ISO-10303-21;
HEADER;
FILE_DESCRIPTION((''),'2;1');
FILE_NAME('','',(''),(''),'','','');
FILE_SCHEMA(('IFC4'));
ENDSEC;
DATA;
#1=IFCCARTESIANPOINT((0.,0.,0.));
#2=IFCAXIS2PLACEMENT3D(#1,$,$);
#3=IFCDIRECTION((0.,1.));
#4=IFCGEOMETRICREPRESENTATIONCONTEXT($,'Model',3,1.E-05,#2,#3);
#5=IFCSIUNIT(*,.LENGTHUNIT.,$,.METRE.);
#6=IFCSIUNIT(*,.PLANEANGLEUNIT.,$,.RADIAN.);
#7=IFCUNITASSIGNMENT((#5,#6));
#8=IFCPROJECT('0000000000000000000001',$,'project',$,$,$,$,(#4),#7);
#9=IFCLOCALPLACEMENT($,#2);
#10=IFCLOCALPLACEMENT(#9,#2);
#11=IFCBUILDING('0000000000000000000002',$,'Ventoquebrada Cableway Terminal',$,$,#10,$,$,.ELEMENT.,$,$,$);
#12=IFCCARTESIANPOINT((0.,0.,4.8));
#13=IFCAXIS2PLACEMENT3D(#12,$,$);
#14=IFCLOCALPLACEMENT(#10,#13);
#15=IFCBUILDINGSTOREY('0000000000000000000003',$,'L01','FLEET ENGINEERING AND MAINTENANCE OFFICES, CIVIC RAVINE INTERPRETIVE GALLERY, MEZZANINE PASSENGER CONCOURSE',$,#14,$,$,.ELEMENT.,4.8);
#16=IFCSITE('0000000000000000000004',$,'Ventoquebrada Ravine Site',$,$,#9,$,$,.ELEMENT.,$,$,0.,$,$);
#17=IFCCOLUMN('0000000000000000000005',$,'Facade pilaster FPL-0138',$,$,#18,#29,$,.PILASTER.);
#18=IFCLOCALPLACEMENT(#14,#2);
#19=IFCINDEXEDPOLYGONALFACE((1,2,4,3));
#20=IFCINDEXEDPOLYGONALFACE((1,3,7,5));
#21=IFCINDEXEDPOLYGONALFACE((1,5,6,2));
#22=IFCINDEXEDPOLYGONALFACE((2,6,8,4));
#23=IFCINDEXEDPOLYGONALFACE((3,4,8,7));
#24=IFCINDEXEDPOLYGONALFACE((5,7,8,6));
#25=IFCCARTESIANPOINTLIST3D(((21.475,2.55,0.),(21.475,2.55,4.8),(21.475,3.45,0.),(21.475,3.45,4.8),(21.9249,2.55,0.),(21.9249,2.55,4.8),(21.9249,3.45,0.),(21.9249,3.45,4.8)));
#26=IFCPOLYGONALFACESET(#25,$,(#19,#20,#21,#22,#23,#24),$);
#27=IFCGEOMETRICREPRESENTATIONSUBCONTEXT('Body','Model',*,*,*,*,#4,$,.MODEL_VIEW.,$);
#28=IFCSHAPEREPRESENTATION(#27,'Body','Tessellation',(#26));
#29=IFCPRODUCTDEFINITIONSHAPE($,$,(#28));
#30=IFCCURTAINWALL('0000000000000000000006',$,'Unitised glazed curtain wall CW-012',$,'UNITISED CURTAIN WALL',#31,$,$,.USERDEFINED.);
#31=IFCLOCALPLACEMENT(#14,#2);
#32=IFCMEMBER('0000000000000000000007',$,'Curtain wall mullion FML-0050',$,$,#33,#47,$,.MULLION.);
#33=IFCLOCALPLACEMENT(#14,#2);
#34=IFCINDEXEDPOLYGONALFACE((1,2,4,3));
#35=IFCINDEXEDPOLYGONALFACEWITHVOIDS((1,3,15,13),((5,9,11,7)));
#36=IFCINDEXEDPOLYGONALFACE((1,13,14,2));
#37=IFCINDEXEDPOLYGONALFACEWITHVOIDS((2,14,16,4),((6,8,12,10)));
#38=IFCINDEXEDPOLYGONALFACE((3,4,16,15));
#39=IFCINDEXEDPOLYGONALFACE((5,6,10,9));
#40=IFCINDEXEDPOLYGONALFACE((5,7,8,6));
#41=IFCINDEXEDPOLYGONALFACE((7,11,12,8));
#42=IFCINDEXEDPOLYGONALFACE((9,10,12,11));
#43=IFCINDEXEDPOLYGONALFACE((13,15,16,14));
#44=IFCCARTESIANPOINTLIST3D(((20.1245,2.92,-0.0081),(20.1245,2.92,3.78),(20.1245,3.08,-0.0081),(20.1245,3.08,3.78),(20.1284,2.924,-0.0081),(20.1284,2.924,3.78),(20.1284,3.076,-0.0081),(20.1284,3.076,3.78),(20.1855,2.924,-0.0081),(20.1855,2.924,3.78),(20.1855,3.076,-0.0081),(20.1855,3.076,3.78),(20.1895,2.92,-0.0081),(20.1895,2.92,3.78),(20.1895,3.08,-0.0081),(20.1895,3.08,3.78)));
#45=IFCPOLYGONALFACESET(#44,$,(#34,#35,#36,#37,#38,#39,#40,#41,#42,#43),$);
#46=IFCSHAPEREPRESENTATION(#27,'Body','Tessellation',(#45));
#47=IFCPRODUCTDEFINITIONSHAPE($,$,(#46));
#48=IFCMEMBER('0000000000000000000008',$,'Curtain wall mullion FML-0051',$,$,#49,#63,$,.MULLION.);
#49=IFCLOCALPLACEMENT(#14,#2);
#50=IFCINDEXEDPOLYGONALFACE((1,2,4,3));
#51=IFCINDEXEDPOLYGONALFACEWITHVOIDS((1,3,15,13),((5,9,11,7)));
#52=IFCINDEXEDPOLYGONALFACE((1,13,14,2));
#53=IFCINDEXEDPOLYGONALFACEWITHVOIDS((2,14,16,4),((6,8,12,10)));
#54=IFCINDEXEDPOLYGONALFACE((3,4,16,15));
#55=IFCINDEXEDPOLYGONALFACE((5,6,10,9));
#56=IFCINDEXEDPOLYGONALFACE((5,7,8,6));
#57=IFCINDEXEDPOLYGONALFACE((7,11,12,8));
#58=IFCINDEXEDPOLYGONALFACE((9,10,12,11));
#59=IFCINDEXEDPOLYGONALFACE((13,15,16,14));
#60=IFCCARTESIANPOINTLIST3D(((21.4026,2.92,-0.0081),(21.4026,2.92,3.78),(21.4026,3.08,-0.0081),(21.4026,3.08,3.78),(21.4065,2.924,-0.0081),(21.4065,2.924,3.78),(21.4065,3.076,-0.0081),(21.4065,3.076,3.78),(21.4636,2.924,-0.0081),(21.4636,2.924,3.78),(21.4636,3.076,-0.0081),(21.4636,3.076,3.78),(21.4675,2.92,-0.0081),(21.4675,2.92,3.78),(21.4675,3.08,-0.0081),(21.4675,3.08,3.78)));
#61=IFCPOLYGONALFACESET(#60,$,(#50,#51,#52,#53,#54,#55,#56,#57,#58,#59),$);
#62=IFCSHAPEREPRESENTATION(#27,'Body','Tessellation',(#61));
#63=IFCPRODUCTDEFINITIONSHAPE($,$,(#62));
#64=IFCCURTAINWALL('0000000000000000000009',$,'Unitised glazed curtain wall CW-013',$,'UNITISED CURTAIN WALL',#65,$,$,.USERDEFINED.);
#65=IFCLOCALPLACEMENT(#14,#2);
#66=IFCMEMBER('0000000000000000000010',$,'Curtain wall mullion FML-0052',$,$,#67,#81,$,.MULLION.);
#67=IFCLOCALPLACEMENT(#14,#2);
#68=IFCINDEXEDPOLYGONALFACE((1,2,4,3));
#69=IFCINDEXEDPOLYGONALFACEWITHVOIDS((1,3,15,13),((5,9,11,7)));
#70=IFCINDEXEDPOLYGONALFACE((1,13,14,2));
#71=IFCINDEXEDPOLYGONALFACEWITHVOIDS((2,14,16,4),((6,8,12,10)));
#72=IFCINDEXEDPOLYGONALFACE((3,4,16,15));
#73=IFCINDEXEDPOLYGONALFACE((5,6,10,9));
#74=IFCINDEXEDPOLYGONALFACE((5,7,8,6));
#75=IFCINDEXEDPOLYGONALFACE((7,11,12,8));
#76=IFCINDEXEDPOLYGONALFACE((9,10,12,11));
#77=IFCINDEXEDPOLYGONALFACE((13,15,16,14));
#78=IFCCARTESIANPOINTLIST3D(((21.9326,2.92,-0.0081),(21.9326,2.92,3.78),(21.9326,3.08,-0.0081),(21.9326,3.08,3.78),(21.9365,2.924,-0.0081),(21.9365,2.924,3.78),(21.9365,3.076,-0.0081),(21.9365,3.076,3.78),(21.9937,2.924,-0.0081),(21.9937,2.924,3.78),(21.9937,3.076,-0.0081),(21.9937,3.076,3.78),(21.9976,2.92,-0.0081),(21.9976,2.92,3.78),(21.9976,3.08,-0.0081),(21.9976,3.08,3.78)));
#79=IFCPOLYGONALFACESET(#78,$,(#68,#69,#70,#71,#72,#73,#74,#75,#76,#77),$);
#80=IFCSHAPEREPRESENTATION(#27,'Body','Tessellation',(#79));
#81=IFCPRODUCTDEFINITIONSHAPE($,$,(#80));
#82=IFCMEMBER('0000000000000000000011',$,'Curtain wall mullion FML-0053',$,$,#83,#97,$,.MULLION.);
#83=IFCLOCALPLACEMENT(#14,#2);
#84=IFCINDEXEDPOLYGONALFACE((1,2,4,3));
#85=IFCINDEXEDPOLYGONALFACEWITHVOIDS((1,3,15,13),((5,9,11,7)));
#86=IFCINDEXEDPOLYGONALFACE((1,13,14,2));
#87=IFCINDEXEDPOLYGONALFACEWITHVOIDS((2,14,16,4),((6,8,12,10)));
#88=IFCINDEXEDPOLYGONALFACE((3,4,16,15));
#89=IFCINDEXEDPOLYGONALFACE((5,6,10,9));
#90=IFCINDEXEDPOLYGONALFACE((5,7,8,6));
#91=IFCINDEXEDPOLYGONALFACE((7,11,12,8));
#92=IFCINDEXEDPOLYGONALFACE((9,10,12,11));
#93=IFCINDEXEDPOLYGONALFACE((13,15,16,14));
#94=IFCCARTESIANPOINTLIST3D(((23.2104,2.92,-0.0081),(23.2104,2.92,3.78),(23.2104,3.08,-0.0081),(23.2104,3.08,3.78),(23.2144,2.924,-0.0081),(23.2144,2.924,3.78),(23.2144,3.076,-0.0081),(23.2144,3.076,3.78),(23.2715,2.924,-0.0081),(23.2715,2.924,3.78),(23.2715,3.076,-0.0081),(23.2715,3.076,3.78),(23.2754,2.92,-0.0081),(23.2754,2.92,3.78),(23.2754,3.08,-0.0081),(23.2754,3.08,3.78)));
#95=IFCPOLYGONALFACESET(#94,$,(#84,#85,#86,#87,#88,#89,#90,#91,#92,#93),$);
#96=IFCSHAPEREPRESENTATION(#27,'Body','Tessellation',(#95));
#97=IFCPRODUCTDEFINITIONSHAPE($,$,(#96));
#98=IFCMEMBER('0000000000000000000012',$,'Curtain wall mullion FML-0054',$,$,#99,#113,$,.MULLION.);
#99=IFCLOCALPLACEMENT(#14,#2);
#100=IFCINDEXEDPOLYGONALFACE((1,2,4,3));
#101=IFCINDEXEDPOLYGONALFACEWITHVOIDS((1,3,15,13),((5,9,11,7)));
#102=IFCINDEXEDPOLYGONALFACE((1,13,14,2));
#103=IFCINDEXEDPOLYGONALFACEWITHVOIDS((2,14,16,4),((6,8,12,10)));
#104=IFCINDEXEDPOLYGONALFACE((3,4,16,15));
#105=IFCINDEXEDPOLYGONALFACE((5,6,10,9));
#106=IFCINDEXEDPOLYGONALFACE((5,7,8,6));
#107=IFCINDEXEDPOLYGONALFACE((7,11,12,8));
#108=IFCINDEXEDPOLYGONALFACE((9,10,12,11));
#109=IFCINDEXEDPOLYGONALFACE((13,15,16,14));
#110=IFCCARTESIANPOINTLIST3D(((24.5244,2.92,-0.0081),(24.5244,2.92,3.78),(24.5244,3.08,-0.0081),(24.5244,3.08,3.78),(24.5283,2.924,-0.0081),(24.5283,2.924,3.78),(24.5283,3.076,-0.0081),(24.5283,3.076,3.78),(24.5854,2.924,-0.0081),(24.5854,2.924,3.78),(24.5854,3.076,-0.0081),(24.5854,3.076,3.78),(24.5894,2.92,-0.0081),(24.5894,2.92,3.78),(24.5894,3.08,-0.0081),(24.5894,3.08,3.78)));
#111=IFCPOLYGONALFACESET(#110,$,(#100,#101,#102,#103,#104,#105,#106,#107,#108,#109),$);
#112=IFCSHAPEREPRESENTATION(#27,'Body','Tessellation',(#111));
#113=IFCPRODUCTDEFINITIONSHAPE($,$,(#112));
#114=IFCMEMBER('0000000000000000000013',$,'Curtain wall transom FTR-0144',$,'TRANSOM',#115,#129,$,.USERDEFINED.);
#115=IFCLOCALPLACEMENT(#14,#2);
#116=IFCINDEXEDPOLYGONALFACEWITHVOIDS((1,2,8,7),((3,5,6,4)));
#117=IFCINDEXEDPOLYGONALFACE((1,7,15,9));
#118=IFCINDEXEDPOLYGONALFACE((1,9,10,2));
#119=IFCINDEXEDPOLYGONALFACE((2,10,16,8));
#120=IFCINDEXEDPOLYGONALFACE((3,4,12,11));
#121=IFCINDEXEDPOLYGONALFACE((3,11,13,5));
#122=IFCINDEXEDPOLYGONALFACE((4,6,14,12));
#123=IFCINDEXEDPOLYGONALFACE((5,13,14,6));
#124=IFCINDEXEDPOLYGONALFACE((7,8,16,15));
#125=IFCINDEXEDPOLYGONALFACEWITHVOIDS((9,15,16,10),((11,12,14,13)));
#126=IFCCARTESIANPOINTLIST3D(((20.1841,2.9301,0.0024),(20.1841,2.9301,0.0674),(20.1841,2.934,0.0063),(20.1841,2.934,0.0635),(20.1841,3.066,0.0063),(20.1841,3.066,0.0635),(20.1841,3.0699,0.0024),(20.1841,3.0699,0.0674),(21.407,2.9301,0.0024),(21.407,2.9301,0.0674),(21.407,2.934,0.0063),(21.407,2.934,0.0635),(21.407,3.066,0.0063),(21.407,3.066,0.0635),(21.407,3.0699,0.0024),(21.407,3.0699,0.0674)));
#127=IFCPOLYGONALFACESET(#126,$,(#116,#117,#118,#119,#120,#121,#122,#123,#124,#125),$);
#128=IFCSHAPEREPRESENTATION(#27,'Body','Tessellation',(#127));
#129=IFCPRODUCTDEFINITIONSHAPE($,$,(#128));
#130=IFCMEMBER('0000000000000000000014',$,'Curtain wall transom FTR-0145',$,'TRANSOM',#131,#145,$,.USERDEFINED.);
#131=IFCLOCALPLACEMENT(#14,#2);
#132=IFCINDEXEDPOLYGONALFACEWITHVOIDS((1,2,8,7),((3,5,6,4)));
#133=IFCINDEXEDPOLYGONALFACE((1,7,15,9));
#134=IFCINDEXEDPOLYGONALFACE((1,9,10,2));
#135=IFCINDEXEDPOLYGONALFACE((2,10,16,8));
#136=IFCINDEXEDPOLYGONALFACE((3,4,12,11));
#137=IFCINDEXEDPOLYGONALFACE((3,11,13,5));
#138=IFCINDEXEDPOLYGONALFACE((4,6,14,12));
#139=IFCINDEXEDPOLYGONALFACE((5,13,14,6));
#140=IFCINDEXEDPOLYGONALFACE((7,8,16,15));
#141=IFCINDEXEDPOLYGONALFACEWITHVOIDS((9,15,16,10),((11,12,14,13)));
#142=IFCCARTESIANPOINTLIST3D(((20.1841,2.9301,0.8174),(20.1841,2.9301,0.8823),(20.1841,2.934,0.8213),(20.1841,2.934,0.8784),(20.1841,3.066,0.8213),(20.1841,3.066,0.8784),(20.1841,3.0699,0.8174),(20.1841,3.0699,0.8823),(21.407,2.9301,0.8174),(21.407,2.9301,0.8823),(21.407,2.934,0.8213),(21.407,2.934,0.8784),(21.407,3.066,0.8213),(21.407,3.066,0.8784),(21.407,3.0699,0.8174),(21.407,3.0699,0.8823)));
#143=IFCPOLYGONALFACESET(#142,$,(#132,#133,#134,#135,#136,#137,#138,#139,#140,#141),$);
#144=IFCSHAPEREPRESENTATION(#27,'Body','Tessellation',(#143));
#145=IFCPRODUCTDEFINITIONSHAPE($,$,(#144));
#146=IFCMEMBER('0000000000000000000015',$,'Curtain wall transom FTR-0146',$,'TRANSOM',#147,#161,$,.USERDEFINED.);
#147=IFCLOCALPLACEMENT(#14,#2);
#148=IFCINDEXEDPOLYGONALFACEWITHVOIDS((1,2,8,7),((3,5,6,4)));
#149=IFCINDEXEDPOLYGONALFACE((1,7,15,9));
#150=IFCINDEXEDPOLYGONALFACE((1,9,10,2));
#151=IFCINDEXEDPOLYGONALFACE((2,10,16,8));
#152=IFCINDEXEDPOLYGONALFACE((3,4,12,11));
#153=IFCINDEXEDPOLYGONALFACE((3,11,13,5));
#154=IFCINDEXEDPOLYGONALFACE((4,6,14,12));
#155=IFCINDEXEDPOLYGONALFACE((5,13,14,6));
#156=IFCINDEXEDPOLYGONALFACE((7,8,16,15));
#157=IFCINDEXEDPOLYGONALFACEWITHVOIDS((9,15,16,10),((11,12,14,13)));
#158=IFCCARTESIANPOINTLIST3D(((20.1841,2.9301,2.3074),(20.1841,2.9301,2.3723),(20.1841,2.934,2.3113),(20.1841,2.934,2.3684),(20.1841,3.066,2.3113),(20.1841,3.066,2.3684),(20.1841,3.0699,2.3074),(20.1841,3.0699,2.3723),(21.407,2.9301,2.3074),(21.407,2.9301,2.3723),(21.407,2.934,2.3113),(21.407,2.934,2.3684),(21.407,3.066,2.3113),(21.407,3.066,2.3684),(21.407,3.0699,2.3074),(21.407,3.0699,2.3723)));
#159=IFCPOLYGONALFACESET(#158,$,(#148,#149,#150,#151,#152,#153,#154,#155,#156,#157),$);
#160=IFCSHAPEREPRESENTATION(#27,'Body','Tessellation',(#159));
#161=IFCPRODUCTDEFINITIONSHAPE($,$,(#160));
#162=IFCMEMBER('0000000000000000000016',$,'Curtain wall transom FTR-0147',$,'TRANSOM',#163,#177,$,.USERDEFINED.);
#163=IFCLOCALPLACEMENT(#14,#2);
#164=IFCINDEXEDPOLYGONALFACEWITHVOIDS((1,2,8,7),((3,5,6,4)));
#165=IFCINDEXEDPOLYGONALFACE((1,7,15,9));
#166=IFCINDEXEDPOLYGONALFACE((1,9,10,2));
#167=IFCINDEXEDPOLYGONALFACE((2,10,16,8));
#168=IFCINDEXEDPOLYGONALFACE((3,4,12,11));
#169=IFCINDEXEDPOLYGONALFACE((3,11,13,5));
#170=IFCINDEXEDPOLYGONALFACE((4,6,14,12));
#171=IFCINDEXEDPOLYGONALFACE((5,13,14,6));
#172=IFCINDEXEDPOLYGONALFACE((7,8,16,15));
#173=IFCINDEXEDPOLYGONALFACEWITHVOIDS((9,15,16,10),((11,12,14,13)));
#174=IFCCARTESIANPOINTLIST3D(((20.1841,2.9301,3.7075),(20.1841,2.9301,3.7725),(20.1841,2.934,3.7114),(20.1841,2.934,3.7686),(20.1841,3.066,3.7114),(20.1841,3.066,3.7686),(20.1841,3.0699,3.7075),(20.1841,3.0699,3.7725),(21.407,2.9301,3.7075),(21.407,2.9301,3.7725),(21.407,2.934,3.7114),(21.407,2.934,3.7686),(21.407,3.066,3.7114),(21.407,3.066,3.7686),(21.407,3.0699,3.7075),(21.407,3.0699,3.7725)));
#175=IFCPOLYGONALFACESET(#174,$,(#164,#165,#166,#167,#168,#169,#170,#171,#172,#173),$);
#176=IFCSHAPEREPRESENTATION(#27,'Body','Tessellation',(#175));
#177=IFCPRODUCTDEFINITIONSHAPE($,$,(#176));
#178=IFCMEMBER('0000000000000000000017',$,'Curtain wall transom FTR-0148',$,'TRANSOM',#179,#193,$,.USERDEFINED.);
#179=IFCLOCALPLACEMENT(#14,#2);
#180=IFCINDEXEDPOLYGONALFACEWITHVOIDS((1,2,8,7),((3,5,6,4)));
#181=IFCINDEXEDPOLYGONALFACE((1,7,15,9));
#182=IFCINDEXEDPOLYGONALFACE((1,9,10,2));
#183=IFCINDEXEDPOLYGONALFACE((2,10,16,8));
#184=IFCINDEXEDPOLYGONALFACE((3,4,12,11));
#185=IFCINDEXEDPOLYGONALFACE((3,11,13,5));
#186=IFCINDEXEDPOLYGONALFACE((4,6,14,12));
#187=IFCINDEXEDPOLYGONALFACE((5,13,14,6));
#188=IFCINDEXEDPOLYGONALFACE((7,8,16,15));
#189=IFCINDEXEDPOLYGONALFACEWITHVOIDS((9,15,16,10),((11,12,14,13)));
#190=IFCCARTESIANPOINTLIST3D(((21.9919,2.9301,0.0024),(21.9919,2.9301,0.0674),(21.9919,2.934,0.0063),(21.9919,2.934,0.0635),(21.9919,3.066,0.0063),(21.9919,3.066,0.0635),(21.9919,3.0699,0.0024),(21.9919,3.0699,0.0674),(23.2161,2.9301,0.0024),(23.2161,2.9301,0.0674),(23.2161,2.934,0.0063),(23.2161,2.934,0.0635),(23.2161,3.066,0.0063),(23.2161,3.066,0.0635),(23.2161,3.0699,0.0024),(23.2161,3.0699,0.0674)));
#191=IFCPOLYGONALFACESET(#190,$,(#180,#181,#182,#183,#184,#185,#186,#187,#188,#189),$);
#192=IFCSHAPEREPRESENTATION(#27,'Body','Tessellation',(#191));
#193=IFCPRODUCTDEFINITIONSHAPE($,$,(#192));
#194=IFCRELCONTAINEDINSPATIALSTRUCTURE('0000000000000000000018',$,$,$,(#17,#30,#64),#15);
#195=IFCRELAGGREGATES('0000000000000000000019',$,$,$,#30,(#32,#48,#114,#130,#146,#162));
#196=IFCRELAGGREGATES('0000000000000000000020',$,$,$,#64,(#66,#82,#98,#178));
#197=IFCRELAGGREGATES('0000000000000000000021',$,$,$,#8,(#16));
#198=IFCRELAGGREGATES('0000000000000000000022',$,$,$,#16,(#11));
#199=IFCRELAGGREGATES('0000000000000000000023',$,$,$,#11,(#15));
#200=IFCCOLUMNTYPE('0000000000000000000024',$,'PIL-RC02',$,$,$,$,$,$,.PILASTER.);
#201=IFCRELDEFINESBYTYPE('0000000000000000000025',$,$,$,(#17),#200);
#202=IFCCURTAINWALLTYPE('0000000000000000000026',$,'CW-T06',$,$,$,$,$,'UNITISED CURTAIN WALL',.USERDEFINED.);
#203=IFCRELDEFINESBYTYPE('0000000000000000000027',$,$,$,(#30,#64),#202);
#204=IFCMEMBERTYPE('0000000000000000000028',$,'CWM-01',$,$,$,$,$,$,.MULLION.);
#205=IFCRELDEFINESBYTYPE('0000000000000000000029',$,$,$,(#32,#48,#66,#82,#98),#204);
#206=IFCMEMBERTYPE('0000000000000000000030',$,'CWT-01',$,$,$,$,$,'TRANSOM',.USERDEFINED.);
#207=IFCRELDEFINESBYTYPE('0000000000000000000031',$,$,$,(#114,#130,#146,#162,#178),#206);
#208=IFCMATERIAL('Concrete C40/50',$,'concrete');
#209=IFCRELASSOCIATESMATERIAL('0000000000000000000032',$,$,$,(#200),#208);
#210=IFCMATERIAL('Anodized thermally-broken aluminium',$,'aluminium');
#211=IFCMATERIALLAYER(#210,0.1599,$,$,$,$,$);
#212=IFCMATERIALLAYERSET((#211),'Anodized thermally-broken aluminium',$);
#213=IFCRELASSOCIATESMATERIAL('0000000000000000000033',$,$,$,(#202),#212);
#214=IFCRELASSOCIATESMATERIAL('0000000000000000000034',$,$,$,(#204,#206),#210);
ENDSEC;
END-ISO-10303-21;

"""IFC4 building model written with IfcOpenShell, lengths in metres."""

from ifc_helpers import new_model, si_unit, direction, frame, origin, origin_2d, place, context, subcontext, project, spatial, rectangle, hollow_rectangle, extrude, material, layer, layer_set, material_profile, profile_set, type_object, element, aggregate, save


model = new_model("IFC4")

# Units and contexts
model_context = context("Model", 3, precision=1e-05, world=origin(), true_north=direction((0.0, 1.0)))
body_context = subcontext(model_context, "Body", "Model", "MODEL_VIEW")
ifc_project = project(units=[si_unit("LENGTHUNIT", "METRE"), si_unit("PLANEANGLEUNIT", "RADIAN")], contexts=[model_context])

# Site, building, storey
site_placement = place(None, origin())
site = spatial("IfcSite", under=ifc_project, at=site_placement, Name="Ventoquebrada Ravine Site", CompositionType="ELEMENT", RefElevation=0.0)
building_placement = place(site_placement, origin())
building = spatial("IfcBuilding", under=site, at=building_placement, Name="Ventoquebrada Cableway Terminal", CompositionType="ELEMENT")
storey_placement = place(building_placement, frame((0.0, 0.0, 4.8)))
storey = spatial("IfcBuildingStorey", under=building, at=storey_placement, Name="L01", Description="FLEET ENGINEERING AND MAINTENANCE OFFICES, CIVIC RAVINE INTERPRETIVE GALLERY, MEZZANINE PASSENGER CONCOURSE", CompositionType="ELEMENT", Elevation=4.8)

# Column
ifc_material_1 = material(Name="Concrete C40/50", Category="concrete")
ifc_material_profile_1 = material_profile(ifc_material_1, rectangle(XDim=0.45, YDim=0.8999, at=origin_2d()), Name="RC-PIL-450X900")
ifc_profile_set_1 = profile_set([ifc_material_profile_1], Name="Concrete C40/50")
column_type = type_object("IfcColumnType", Name="PIL-RC02", PredefinedType="PILASTER", material=ifc_profile_set_1)
column_placement = place(storey_placement, frame((21.7, 3.0, 0.0), z_axis=(0.0, 0.0, 1.0), x_axis=(1.0, 0.0, 0.0)))
element("IfcColumn", 1, at=column_placement, inside=storey, type_object=column_type, Name="Facade pilaster FPL-0138", PredefinedType="PILASTER", context=body_context, shape_type="SweptSolid", body=[
    extrude(rectangle(XDim=0.45, YDim=0.8999, at=origin_2d()), origin(), (0.0, 0.0, 1.0), 4.8),
])

# Curtain walls, members
ifc_material_2 = material(Name="Anodized thermally-broken aluminium", Category="aluminium")
ifc_layer_1 = layer(ifc_material_2, 0.1599)
ifc_layer_set_1 = layer_set([ifc_layer_1], Name="Anodized thermally-broken aluminium")
curtain_wall_type = type_object("IfcCurtainWallType", Name="CW-T06", ElementType="UNITISED CURTAIN WALL", PredefinedType="USERDEFINED", material=ifc_layer_set_1)
curtain_wall_1_placement = place(storey_placement, origin())
curtain_wall_1 = element("IfcCurtainWall", 2, at=curtain_wall_1_placement, inside=storey, type_object=curtain_wall_type, Name="Unitised glazed curtain wall CW-012", ObjectType="UNITISED CURTAIN WALL", PredefinedType="USERDEFINED")
ifc_material_profile_2 = material_profile(ifc_material_2, hollow_rectangle(XDim=0.0649, YDim=0.1599, WallThickness=0.0039, at=origin_2d()), Name="CW-MUL-65X160")
ifc_profile_set_2 = profile_set([ifc_material_profile_2], Name="Anodized thermally-broken aluminium")
member_type_1 = type_object("IfcMemberType", Name="CWM-01", PredefinedType="MULLION", material=ifc_profile_set_2)
member_1_placement = place(storey_placement, frame((20.157, 3.0, -0.0081), z_axis=(0.0, 0.0, 1.0), x_axis=(1.0, 0.0, 0.0)))
member_1 = element("IfcMember", 3, at=member_1_placement, type_object=member_type_1, Name="Curtain wall mullion FML-0050", PredefinedType="MULLION", context=body_context, shape_type="SweptSolid", body=[
    extrude(hollow_rectangle(XDim=0.0649, YDim=0.1599, WallThickness=0.0039, at=origin_2d()), origin(), (0.0, 0.0, 1.0), 3.7881),
])
member_2_placement = place(storey_placement, frame((21.4351, 3.0, -0.0081), z_axis=(0.0, 0.0, 1.0), x_axis=(1.0, 0.0, 0.0)))
member_2 = element("IfcMember", 4, at=member_2_placement, type_object=member_type_1, Name="Curtain wall mullion FML-0051", PredefinedType="MULLION", context=body_context, shape_type="SweptSolid", body=[
    extrude(hollow_rectangle(XDim=0.0649, YDim=0.1599, WallThickness=0.0039, at=origin_2d()), origin(), (0.0, 0.0, 1.0), 3.7881),
])
curtain_wall_2_placement = place(storey_placement, origin())
curtain_wall_2 = element("IfcCurtainWall", 5, at=curtain_wall_2_placement, inside=storey, type_object=curtain_wall_type, Name="Unitised glazed curtain wall CW-013", ObjectType="UNITISED CURTAIN WALL", PredefinedType="USERDEFINED")
member_3_placement = place(storey_placement, frame((21.9651, 3.0, -0.0081), z_axis=(0.0, 0.0, 1.0), x_axis=(1.0, 0.0, 0.0)))
member_3 = element("IfcMember", 6, at=member_3_placement, type_object=member_type_1, Name="Curtain wall mullion FML-0052", PredefinedType="MULLION", context=body_context, shape_type="SweptSolid", body=[
    extrude(hollow_rectangle(XDim=0.0649, YDim=0.1599, WallThickness=0.0039, at=origin_2d()), origin(), (0.0, 0.0, 1.0), 3.7881),
])
member_4_placement = place(storey_placement, frame((23.2429, 3.0, -0.0081), z_axis=(0.0, 0.0, 1.0), x_axis=(1.0, 0.0, 0.0)))
member_4 = element("IfcMember", 7, at=member_4_placement, type_object=member_type_1, Name="Curtain wall mullion FML-0053", PredefinedType="MULLION", context=body_context, shape_type="SweptSolid", body=[
    extrude(hollow_rectangle(XDim=0.0649, YDim=0.1599, WallThickness=0.0039, at=origin_2d()), origin(), (0.0, 0.0, 1.0), 3.7881),
])
member_5_placement = place(storey_placement, frame((24.5569, 3.0, -0.0081), z_axis=(0.0, 0.0, 1.0), x_axis=(1.0, 0.0, 0.0)))
member_5 = element("IfcMember", 8, at=member_5_placement, type_object=member_type_1, Name="Curtain wall mullion FML-0054", PredefinedType="MULLION", context=body_context, shape_type="SweptSolid", body=[
    extrude(hollow_rectangle(XDim=0.0649, YDim=0.1599, WallThickness=0.0039, at=origin_2d()), origin(), (0.0, 0.0, 1.0), 3.7881),
])

# Members
ifc_material_profile_3 = material_profile(ifc_material_2, hollow_rectangle(XDim=0.0649, YDim=0.1399, WallThickness=0.0039, at=origin_2d()), Name="CW-TRN-65X140")
ifc_profile_set_3 = profile_set([ifc_material_profile_3], Name="Anodized thermally-broken aluminium")
member_type_2 = type_object("IfcMemberType", Name="CWT-01", ElementType="TRANSOM", PredefinedType="USERDEFINED", material=ifc_profile_set_3)
member_6_placement = place(storey_placement, frame((20.1841, 3.0, 0.0349), z_axis=(1.0, 0.0, 0.0), x_axis=(0.0, 0.0, 1.0)))
member_6 = element("IfcMember", 9, at=member_6_placement, type_object=member_type_2, Name="Curtain wall transom FTR-0144", ObjectType="TRANSOM", PredefinedType="USERDEFINED", context=body_context, shape_type="SweptSolid", body=[
    extrude(hollow_rectangle(XDim=0.0649, YDim=0.1399, WallThickness=0.0039, at=origin_2d()), origin(), (0.0, 0.0, 1.0), 1.2229),
])
member_7_placement = place(storey_placement, frame((20.1841, 3.0, 0.8499), z_axis=(1.0, 0.0, 0.0), x_axis=(0.0, 0.0, 1.0)))
member_7 = element("IfcMember", 10, at=member_7_placement, type_object=member_type_2, Name="Curtain wall transom FTR-0145", ObjectType="TRANSOM", PredefinedType="USERDEFINED", context=body_context, shape_type="SweptSolid", body=[
    extrude(hollow_rectangle(XDim=0.0649, YDim=0.1399, WallThickness=0.0039, at=origin_2d()), origin(), (0.0, 0.0, 1.0), 1.2229),
])
member_8_placement = place(storey_placement, frame((20.1841, 3.0, 2.3398), z_axis=(1.0, 0.0, 0.0), x_axis=(0.0, 0.0, 1.0)))
member_8 = element("IfcMember", 11, at=member_8_placement, type_object=member_type_2, Name="Curtain wall transom FTR-0146", ObjectType="TRANSOM", PredefinedType="USERDEFINED", context=body_context, shape_type="SweptSolid", body=[
    extrude(hollow_rectangle(XDim=0.0649, YDim=0.1399, WallThickness=0.0039, at=origin_2d()), origin(), (0.0, 0.0, 1.0), 1.2229),
])
member_9_placement = place(storey_placement, frame((20.1841, 3.0, 3.74), z_axis=(1.0, 0.0, 0.0), x_axis=(0.0, 0.0, 1.0)))
member_9 = element("IfcMember", 12, at=member_9_placement, type_object=member_type_2, Name="Curtain wall transom FTR-0147", ObjectType="TRANSOM", PredefinedType="USERDEFINED", context=body_context, shape_type="SweptSolid", body=[
    extrude(hollow_rectangle(XDim=0.0649, YDim=0.1399, WallThickness=0.0039, at=origin_2d()), origin(), (0.0, 0.0, 1.0), 1.2229),
])
member_10_placement = place(storey_placement, frame((21.9919, 3.0, 0.0349), z_axis=(1.0, 0.0, 0.0), x_axis=(0.0, 0.0, 1.0)))
member_10 = element("IfcMember", 13, at=member_10_placement, type_object=member_type_2, Name="Curtain wall transom FTR-0148", ObjectType="TRANSOM", PredefinedType="USERDEFINED", context=body_context, shape_type="SweptSolid", body=[
    extrude(hollow_rectangle(XDim=0.0649, YDim=0.1399, WallThickness=0.0039, at=origin_2d()), origin(), (0.0, 0.0, 1.0), 1.2241),
])

aggregate(curtain_wall_1, [member_1, member_2, member_6, member_7, member_8, member_9])
aggregate(curtain_wall_2, [member_3, member_4, member_5, member_10])

save(model, "model.ifc")
